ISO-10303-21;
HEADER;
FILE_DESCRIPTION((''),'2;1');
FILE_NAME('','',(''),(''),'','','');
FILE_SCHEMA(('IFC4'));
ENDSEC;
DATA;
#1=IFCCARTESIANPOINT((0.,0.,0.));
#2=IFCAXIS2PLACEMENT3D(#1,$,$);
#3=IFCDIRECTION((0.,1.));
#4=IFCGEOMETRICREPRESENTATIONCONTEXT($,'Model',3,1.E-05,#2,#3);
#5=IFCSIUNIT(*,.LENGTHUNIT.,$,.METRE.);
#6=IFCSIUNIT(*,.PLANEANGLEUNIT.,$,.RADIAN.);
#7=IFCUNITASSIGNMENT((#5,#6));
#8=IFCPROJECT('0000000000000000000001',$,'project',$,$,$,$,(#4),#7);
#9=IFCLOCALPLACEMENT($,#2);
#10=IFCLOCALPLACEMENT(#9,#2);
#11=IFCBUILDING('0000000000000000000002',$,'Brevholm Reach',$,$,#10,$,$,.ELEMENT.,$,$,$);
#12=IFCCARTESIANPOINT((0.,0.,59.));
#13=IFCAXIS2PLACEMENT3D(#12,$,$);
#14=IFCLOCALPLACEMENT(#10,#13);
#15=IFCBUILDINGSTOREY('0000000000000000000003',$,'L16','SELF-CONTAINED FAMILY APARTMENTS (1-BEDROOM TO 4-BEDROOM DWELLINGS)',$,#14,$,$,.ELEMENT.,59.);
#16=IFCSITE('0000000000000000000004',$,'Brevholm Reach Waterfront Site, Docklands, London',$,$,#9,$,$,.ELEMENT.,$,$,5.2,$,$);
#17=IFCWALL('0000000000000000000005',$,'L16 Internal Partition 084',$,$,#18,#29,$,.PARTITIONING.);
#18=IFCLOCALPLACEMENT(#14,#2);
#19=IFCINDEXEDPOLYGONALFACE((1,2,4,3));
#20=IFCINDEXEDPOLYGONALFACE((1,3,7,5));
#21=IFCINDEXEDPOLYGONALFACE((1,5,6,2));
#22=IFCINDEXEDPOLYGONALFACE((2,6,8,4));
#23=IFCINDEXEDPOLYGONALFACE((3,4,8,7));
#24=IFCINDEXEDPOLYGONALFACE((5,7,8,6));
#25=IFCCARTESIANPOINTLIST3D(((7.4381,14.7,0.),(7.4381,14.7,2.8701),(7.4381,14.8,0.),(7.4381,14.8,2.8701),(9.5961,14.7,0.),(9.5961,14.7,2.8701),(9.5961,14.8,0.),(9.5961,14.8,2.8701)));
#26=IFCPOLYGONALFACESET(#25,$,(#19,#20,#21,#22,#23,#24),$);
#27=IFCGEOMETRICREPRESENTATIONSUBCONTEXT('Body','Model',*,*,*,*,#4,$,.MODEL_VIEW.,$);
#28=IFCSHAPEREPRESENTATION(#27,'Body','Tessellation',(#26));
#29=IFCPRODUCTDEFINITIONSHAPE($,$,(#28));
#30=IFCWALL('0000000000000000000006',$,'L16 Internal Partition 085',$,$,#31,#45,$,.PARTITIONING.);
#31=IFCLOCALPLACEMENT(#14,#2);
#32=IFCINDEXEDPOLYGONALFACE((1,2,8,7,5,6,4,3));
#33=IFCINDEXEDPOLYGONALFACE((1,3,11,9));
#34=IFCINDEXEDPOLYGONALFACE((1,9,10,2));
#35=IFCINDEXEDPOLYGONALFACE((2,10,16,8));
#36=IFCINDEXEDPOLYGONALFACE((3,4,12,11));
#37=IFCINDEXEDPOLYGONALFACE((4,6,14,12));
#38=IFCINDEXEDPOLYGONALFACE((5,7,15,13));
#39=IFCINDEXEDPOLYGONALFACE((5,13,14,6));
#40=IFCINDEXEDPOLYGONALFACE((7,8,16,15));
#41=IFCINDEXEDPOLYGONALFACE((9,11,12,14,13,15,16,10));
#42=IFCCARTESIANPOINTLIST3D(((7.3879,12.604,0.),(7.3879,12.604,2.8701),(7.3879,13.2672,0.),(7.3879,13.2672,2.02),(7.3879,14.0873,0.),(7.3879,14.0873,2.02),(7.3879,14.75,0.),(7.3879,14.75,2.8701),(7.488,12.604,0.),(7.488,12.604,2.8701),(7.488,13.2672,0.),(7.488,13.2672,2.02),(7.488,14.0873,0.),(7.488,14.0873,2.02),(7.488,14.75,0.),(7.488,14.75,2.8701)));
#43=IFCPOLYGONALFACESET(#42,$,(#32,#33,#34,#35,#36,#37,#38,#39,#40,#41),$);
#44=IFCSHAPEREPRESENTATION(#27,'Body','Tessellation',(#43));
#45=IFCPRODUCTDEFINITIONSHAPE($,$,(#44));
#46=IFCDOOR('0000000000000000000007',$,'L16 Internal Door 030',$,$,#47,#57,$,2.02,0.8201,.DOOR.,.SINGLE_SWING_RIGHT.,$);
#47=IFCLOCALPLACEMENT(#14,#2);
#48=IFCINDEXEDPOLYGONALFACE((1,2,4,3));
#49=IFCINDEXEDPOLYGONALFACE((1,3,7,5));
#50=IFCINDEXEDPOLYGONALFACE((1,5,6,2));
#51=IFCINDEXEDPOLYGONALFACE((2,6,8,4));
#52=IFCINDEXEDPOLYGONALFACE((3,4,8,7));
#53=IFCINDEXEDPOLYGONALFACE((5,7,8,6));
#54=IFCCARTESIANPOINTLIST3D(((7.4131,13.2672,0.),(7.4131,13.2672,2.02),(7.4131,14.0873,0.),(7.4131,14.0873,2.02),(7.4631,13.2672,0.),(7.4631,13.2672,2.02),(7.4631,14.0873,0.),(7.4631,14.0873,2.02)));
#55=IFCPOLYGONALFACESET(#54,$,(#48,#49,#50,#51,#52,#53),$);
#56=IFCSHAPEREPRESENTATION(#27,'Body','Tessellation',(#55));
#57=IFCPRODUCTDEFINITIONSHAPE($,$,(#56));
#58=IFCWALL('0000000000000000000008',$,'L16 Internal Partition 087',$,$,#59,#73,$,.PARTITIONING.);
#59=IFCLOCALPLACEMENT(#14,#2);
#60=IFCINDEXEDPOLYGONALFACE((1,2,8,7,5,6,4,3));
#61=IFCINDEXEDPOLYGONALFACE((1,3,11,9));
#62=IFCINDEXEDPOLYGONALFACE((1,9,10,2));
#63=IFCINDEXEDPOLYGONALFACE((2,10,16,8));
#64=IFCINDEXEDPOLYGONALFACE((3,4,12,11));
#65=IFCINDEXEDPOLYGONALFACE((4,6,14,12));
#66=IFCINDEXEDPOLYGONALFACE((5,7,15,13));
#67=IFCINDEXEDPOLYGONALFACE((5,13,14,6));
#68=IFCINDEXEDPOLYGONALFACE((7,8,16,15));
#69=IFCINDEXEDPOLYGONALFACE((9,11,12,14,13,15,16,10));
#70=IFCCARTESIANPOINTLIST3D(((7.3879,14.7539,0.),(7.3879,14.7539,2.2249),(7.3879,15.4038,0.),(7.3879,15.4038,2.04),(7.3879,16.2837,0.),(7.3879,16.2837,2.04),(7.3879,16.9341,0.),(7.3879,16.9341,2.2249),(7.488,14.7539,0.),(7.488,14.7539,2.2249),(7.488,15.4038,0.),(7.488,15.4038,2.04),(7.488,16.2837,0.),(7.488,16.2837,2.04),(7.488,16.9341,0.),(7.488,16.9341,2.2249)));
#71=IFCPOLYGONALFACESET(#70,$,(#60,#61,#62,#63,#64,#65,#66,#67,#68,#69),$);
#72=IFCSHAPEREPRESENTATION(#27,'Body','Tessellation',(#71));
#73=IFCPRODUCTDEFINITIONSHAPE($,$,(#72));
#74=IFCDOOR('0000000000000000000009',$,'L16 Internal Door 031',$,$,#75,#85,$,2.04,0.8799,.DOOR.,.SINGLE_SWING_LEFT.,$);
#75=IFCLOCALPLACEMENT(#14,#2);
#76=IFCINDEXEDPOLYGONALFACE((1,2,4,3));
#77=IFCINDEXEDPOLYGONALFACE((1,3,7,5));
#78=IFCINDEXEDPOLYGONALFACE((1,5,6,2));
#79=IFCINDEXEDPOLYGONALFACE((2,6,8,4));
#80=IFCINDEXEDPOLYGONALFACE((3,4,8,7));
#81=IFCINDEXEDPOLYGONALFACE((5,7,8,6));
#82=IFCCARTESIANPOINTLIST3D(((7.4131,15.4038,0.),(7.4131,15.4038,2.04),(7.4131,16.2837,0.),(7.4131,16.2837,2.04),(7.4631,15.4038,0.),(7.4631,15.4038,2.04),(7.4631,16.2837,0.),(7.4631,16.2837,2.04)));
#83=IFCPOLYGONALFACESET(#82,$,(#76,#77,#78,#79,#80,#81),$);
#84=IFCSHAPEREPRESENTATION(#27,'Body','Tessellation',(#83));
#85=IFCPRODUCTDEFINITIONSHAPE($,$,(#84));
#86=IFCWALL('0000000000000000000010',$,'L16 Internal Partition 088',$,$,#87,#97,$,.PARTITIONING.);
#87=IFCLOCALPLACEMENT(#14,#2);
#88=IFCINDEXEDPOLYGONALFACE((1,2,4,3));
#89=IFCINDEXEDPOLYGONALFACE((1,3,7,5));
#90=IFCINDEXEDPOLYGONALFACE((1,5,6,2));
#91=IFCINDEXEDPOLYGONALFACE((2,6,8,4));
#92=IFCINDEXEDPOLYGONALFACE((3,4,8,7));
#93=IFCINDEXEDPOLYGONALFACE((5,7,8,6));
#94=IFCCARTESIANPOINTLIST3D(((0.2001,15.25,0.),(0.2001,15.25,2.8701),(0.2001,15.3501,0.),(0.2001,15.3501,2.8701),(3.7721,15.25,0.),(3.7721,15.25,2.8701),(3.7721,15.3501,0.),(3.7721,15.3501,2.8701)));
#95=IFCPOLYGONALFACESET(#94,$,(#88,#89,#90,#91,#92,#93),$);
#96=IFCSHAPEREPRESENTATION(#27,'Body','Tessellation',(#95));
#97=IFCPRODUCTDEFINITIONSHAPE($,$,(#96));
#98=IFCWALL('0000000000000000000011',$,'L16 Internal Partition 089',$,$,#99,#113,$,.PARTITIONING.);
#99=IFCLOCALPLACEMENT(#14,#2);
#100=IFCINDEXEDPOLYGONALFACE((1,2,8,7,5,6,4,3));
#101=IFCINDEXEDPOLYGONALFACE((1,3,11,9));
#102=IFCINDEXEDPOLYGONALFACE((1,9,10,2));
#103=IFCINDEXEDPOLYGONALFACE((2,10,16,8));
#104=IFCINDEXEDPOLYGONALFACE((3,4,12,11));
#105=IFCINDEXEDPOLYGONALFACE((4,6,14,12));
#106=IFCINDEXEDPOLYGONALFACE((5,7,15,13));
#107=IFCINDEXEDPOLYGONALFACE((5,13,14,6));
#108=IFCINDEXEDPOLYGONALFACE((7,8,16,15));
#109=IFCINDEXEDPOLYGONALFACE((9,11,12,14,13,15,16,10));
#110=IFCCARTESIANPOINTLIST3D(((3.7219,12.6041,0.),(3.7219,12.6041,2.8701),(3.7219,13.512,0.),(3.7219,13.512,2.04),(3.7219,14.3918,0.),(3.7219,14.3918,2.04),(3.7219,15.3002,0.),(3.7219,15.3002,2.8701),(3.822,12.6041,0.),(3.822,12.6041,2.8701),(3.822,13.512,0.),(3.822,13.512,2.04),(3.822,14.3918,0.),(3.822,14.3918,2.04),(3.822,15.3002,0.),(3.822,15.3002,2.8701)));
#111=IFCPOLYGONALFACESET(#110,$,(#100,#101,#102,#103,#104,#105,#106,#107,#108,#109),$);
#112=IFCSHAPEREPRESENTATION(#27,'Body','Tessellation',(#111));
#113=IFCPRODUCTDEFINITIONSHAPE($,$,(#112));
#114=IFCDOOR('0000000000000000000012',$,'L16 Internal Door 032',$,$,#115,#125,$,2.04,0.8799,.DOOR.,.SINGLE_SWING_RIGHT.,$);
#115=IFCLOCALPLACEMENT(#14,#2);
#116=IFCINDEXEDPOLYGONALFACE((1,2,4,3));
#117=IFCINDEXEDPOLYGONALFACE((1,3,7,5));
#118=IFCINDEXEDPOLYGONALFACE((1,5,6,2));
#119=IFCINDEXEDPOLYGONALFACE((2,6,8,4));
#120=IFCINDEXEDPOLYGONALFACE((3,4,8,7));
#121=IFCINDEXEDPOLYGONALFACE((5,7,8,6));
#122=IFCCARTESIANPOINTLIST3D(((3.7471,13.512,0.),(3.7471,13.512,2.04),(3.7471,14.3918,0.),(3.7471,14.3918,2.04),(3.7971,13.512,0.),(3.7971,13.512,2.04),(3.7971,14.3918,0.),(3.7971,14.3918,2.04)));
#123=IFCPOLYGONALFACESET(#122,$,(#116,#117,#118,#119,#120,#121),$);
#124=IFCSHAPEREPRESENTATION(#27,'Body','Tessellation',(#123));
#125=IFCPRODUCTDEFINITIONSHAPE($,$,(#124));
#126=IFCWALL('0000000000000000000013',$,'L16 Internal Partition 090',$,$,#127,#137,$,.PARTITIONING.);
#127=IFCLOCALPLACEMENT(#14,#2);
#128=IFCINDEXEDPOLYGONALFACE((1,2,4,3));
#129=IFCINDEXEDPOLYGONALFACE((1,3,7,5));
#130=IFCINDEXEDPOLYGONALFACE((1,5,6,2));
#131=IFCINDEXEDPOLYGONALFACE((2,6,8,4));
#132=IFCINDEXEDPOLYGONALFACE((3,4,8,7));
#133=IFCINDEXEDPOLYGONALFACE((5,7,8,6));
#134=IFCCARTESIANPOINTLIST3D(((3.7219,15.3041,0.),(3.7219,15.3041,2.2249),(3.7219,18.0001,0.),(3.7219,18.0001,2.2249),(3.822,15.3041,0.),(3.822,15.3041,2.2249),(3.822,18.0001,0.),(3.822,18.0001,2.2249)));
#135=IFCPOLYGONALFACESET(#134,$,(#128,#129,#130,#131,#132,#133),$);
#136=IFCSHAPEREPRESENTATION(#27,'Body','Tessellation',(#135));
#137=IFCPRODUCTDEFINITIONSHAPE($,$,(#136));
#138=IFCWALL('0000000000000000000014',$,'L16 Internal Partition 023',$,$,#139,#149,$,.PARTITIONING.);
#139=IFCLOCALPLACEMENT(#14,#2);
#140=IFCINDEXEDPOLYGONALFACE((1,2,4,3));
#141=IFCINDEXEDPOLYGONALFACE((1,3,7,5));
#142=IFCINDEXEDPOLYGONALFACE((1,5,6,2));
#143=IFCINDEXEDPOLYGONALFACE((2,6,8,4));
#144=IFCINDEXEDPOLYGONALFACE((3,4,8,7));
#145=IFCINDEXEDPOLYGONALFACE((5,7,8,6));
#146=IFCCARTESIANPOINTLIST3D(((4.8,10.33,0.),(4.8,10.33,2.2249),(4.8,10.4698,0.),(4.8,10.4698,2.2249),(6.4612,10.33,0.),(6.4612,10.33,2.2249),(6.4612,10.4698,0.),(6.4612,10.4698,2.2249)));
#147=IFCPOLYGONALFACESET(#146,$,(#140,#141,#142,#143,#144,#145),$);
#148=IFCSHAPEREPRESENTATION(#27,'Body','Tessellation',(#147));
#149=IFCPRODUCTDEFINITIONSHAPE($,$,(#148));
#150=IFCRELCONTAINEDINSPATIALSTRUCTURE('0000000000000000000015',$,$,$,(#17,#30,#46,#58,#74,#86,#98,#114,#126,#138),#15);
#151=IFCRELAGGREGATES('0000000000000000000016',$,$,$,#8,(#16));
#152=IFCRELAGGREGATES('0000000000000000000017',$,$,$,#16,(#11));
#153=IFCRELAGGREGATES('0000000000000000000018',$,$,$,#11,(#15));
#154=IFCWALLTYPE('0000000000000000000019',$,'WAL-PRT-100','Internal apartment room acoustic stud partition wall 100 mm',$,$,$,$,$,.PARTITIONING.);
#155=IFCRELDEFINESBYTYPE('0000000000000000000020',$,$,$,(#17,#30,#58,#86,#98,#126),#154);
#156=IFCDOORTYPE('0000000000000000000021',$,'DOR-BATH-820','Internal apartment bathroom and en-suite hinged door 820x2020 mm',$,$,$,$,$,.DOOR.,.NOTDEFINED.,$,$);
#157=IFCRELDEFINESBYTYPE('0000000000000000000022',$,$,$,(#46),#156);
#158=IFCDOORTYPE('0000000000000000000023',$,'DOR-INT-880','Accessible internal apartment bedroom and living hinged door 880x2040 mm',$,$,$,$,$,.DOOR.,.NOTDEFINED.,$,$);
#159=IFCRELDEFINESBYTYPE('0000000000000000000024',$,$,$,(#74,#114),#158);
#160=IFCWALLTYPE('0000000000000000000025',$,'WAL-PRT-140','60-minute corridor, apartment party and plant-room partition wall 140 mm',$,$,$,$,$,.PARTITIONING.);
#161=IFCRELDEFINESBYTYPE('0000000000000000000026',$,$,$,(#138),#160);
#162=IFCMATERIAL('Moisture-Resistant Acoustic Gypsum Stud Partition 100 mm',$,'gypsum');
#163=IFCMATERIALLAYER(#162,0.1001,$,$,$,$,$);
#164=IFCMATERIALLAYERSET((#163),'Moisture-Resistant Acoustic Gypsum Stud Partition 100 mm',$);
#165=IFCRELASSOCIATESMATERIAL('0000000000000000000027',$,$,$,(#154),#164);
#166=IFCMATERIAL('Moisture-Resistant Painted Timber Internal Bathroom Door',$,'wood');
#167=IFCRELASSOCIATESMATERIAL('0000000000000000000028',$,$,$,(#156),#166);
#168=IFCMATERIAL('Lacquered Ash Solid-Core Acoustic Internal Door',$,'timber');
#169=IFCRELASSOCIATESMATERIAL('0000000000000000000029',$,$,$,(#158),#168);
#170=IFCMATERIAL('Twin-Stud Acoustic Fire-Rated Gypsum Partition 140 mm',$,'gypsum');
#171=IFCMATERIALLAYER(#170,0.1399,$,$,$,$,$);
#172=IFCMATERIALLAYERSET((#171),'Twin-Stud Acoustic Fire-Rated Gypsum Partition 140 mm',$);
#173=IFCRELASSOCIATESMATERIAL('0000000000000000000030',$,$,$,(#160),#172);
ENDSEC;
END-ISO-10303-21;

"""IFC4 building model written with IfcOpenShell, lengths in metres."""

from ifc_helpers import new_model, si_unit, direction, frame, frame_2d, origin, place, context, subcontext, project, spatial, rectangle, extrude, material, layer, layer_set, type_object, element, fill, save


model = new_model("IFC4")

# Units and contexts
model_context = context("Model", 3, precision=1e-05, world=origin(), true_north=direction((0.0, 1.0)))
body_context = subcontext(model_context, "Body", "Model", "MODEL_VIEW")
ifc_project = project(units=[si_unit("LENGTHUNIT", "METRE"), si_unit("PLANEANGLEUNIT", "RADIAN")], contexts=[model_context])

# Site, building, storey
site_placement = place(None, origin())
site = spatial("IfcSite", under=ifc_project, at=site_placement, Name="Brevholm Reach Waterfront Site, Docklands, London", CompositionType="ELEMENT", RefElevation=5.2)
building_placement = place(site_placement, origin())
building = spatial("IfcBuilding", under=site, at=building_placement, Name="Brevholm Reach", CompositionType="ELEMENT")
storey_placement = place(building_placement, frame((0.0, 0.0, 59.0)))
storey = spatial("IfcBuildingStorey", under=building, at=storey_placement, Name="L16", Description="SELF-CONTAINED FAMILY APARTMENTS (1-BEDROOM TO 4-BEDROOM DWELLINGS)", CompositionType="ELEMENT", Elevation=59.0)

# Wall
ifc_material_1 = material(Name="Moisture-Resistant Acoustic Gypsum Stud Partition 100 mm", Category="gypsum")
ifc_layer_1 = layer(ifc_material_1, 0.1001)
ifc_layer_set_1 = layer_set([ifc_layer_1], Name="Moisture-Resistant Acoustic Gypsum Stud Partition 100 mm")
wall_type_1 = type_object("IfcWallType", Name="WAL-PRT-100", Description="Internal apartment room acoustic stud partition wall 100 mm", PredefinedType="PARTITIONING", material=ifc_layer_set_1)
wall_1_placement = place(storey_placement, frame((7.438, 14.75, 0.0), z_axis=(0.0, 0.0, 1.0), x_axis=(1.0, 0.0, 0.0)))
element("IfcWall", 1, at=wall_1_placement, inside=storey, type_object=wall_type_1, Name="L16 Internal Partition 084", PredefinedType="PARTITIONING", context=body_context, shape_type="SweptSolid", body=[
    extrude(rectangle(XDim=2.158, YDim=0.1001, at=frame_2d((1.0791, 0.0))), origin(), (0.0, 0.0, 1.0), 2.8701),
])

# Walls, openings, doors
wall_2_placement = place(storey_placement, frame((7.438, 12.604, 0.0), z_axis=(0.0, 0.0, 1.0), x_axis=(0.0, 1.0, 0.0)))
wall_2 = element("IfcWall", 2, at=wall_2_placement, inside=storey, type_object=wall_type_1, Name="L16 Internal Partition 085", PredefinedType="PARTITIONING", context=body_context, shape_type="SweptSolid", body=[
    extrude(rectangle(XDim=2.146, YDim=0.1001, at=frame_2d((1.073, 0.0))), origin(), (0.0, 0.0, 1.0), 2.8701),
])
opening_1_placement = place(wall_2_placement, frame((0.6631, 0.0, 0.0)))
opening_1 = element("IfcOpeningElement", 3, at=opening_1_placement, cuts=wall_2, PredefinedType="OPENING", context=body_context, shape_type="SweptSolid", body=[
    extrude(rectangle(XDim=0.8201, YDim=2.02, at=frame_2d((0.4102, 1.01))), frame((0.0, 0.0601, 0.0), z_axis=(0.0, -1.0, 0.0), x_axis=(1.0, 0.0, 0.0)), (0.0, 0.0, 1.0), 0.1201),
])
ifc_material_2 = material(Name="Moisture-Resistant Painted Timber Internal Bathroom Door", Category="wood")
door_type_1 = type_object("IfcDoorType", Name="DOR-BATH-820", Description="Internal apartment bathroom and en-suite hinged door 820x2020 mm", OperationType="NOTDEFINED", PredefinedType="DOOR", material=ifc_material_2)
door_1_placement = place(opening_1_placement, origin())
door_1 = element("IfcDoor", 4, at=door_1_placement, inside=storey, type_object=door_type_1, Name="L16 Internal Door 030", OperationType="SINGLE_SWING_RIGHT", OverallHeight=2.02, OverallWidth=0.8201, PredefinedType="DOOR", context=body_context, shape_type="SweptSolid", body=[
    extrude(rectangle(XDim=0.8201, YDim=2.02, at=frame_2d((0.4102, 1.01))), frame((0.0, 0.0249, 0.0), z_axis=(0.0, -1.0, 0.0), x_axis=(1.0, 0.0, 0.0)), (0.0, 0.0, 1.0), 0.05),
])
fill(opening_1, door_1)
wall_3_placement = place(storey_placement, frame((7.438, 14.7539, 0.0), z_axis=(0.0, 0.0, 1.0), x_axis=(0.0, 1.0, 0.0)))
wall_3 = element("IfcWall", 5, at=wall_3_placement, inside=storey, type_object=wall_type_1, Name="L16 Internal Partition 087", PredefinedType="PARTITIONING", context=body_context, shape_type="SweptSolid", body=[
    extrude(rectangle(XDim=2.1802, YDim=0.1001, at=frame_2d((1.0901, 0.0))), origin(), (0.0, 0.0, 1.0), 2.2249),
])
opening_2_placement = place(wall_3_placement, frame((0.6499, 0.0, 0.0)))
opening_2 = element("IfcOpeningElement", 6, at=opening_2_placement, cuts=wall_3, PredefinedType="OPENING", context=body_context, shape_type="SweptSolid", body=[
    extrude(rectangle(XDim=0.8799, YDim=2.04, at=frame_2d((0.4399, 1.02))), frame((0.0, 0.0601, 0.0), z_axis=(0.0, -1.0, 0.0), x_axis=(1.0, 0.0, 0.0)), (0.0, 0.0, 1.0), 0.1201),
])
ifc_material_3 = material(Name="Lacquered Ash Solid-Core Acoustic Internal Door", Category="timber")
door_type_2 = type_object("IfcDoorType", Name="DOR-INT-880", Description="Accessible internal apartment bedroom and living hinged door 880x2040 mm", OperationType="NOTDEFINED", PredefinedType="DOOR", material=ifc_material_3)
door_2_placement = place(opening_2_placement, origin())
door_2 = element("IfcDoor", 7, at=door_2_placement, inside=storey, type_object=door_type_2, Name="L16 Internal Door 031", OperationType="SINGLE_SWING_LEFT", OverallHeight=2.04, OverallWidth=0.8799, PredefinedType="DOOR", context=body_context, shape_type="SweptSolid", body=[
    extrude(rectangle(XDim=0.8799, YDim=2.04, at=frame_2d((0.4399, 1.02))), frame((0.0, 0.0249, 0.0), z_axis=(0.0, -1.0, 0.0), x_axis=(1.0, 0.0, 0.0)), (0.0, 0.0, 1.0), 0.05),
])
fill(opening_2, door_2)

# Wall
wall_4_placement = place(storey_placement, frame((0.2, 15.3, 0.0), z_axis=(0.0, 0.0, 1.0), x_axis=(1.0, 0.0, 0.0)))
element("IfcWall", 8, at=wall_4_placement, inside=storey, type_object=wall_type_1, Name="L16 Internal Partition 088", PredefinedType="PARTITIONING", context=body_context, shape_type="SweptSolid", body=[
    extrude(rectangle(XDim=3.572, YDim=0.1001, at=frame_2d((1.7861, 0.0))), origin(), (0.0, 0.0, 1.0), 2.8701),
])

# Wall, opening, door
wall_5_placement = place(storey_placement, frame((3.772, 12.604, 0.0), z_axis=(0.0, 0.0, 1.0), x_axis=(0.0, 1.0, 0.0)))
wall_5 = element("IfcWall", 9, at=wall_5_placement, inside=storey, type_object=wall_type_1, Name="L16 Internal Partition 089", PredefinedType="PARTITIONING", context=body_context, shape_type="SweptSolid", body=[
    extrude(rectangle(XDim=2.696, YDim=0.1001, at=frame_2d((1.3481, 0.0))), origin(), (0.0, 0.0, 1.0), 2.8701),
])
opening_3_placement = place(wall_5_placement, frame((0.908, 0.0, 0.0)))
opening_3 = element("IfcOpeningElement", 10, at=opening_3_placement, cuts=wall_5, PredefinedType="OPENING", context=body_context, shape_type="SweptSolid", body=[
    extrude(rectangle(XDim=0.8799, YDim=2.04, at=frame_2d((0.4399, 1.02))), frame((0.0, 0.0601, 0.0), z_axis=(0.0, -1.0, 0.0), x_axis=(1.0, 0.0, 0.0)), (0.0, 0.0, 1.0), 0.1201),
])
door_3_placement = place(opening_3_placement, origin())
door_3 = element("IfcDoor", 11, at=door_3_placement, inside=storey, type_object=door_type_2, Name="L16 Internal Door 032", OperationType="SINGLE_SWING_RIGHT", OverallHeight=2.04, OverallWidth=0.8799, PredefinedType="DOOR", context=body_context, shape_type="SweptSolid", body=[
    extrude(rectangle(XDim=0.8799, YDim=2.04, at=frame_2d((0.4399, 1.02))), frame((0.0, 0.0249, 0.0), z_axis=(0.0, -1.0, 0.0), x_axis=(1.0, 0.0, 0.0)), (0.0, 0.0, 1.0), 0.05),
])
fill(opening_3, door_3)

# Walls
wall_6_placement = place(storey_placement, frame((3.772, 15.304, 0.0), z_axis=(0.0, 0.0, 1.0), x_axis=(0.0, 1.0, 0.0)))
element("IfcWall", 12, at=wall_6_placement, inside=storey, type_object=wall_type_1, Name="L16 Internal Partition 090", PredefinedType="PARTITIONING", context=body_context, shape_type="SweptSolid", body=[
    extrude(rectangle(XDim=2.696, YDim=0.1001, at=frame_2d((1.3481, 0.0))), origin(), (0.0, 0.0, 1.0), 2.2249),
])
ifc_material_4 = material(Name="Twin-Stud Acoustic Fire-Rated Gypsum Partition 140 mm", Category="gypsum")
ifc_layer_2 = layer(ifc_material_4, 0.1399)
ifc_layer_set_2 = layer_set([ifc_layer_2], Name="Twin-Stud Acoustic Fire-Rated Gypsum Partition 140 mm")
wall_type_2 = type_object("IfcWallType", Name="WAL-PRT-140", Description="60-minute corridor, apartment party and plant-room partition wall 140 mm", PredefinedType="PARTITIONING", material=ifc_layer_set_2)
wall_7_placement = place(storey_placement, frame((4.8, 10.3999, 0.0), z_axis=(0.0, 0.0, 1.0), x_axis=(1.0, 0.0, 0.0)))
element("IfcWall", 13, at=wall_7_placement, inside=storey, type_object=wall_type_2, Name="L16 Internal Partition 023", PredefinedType="PARTITIONING", context=body_context, shape_type="SweptSolid", body=[
    extrude(rectangle(XDim=1.6611, YDim=0.1399, at=frame_2d((0.8306, 0.0))), origin(), (0.0, 0.0, 1.0), 2.2249),
])

save(model, "model.ifc")
